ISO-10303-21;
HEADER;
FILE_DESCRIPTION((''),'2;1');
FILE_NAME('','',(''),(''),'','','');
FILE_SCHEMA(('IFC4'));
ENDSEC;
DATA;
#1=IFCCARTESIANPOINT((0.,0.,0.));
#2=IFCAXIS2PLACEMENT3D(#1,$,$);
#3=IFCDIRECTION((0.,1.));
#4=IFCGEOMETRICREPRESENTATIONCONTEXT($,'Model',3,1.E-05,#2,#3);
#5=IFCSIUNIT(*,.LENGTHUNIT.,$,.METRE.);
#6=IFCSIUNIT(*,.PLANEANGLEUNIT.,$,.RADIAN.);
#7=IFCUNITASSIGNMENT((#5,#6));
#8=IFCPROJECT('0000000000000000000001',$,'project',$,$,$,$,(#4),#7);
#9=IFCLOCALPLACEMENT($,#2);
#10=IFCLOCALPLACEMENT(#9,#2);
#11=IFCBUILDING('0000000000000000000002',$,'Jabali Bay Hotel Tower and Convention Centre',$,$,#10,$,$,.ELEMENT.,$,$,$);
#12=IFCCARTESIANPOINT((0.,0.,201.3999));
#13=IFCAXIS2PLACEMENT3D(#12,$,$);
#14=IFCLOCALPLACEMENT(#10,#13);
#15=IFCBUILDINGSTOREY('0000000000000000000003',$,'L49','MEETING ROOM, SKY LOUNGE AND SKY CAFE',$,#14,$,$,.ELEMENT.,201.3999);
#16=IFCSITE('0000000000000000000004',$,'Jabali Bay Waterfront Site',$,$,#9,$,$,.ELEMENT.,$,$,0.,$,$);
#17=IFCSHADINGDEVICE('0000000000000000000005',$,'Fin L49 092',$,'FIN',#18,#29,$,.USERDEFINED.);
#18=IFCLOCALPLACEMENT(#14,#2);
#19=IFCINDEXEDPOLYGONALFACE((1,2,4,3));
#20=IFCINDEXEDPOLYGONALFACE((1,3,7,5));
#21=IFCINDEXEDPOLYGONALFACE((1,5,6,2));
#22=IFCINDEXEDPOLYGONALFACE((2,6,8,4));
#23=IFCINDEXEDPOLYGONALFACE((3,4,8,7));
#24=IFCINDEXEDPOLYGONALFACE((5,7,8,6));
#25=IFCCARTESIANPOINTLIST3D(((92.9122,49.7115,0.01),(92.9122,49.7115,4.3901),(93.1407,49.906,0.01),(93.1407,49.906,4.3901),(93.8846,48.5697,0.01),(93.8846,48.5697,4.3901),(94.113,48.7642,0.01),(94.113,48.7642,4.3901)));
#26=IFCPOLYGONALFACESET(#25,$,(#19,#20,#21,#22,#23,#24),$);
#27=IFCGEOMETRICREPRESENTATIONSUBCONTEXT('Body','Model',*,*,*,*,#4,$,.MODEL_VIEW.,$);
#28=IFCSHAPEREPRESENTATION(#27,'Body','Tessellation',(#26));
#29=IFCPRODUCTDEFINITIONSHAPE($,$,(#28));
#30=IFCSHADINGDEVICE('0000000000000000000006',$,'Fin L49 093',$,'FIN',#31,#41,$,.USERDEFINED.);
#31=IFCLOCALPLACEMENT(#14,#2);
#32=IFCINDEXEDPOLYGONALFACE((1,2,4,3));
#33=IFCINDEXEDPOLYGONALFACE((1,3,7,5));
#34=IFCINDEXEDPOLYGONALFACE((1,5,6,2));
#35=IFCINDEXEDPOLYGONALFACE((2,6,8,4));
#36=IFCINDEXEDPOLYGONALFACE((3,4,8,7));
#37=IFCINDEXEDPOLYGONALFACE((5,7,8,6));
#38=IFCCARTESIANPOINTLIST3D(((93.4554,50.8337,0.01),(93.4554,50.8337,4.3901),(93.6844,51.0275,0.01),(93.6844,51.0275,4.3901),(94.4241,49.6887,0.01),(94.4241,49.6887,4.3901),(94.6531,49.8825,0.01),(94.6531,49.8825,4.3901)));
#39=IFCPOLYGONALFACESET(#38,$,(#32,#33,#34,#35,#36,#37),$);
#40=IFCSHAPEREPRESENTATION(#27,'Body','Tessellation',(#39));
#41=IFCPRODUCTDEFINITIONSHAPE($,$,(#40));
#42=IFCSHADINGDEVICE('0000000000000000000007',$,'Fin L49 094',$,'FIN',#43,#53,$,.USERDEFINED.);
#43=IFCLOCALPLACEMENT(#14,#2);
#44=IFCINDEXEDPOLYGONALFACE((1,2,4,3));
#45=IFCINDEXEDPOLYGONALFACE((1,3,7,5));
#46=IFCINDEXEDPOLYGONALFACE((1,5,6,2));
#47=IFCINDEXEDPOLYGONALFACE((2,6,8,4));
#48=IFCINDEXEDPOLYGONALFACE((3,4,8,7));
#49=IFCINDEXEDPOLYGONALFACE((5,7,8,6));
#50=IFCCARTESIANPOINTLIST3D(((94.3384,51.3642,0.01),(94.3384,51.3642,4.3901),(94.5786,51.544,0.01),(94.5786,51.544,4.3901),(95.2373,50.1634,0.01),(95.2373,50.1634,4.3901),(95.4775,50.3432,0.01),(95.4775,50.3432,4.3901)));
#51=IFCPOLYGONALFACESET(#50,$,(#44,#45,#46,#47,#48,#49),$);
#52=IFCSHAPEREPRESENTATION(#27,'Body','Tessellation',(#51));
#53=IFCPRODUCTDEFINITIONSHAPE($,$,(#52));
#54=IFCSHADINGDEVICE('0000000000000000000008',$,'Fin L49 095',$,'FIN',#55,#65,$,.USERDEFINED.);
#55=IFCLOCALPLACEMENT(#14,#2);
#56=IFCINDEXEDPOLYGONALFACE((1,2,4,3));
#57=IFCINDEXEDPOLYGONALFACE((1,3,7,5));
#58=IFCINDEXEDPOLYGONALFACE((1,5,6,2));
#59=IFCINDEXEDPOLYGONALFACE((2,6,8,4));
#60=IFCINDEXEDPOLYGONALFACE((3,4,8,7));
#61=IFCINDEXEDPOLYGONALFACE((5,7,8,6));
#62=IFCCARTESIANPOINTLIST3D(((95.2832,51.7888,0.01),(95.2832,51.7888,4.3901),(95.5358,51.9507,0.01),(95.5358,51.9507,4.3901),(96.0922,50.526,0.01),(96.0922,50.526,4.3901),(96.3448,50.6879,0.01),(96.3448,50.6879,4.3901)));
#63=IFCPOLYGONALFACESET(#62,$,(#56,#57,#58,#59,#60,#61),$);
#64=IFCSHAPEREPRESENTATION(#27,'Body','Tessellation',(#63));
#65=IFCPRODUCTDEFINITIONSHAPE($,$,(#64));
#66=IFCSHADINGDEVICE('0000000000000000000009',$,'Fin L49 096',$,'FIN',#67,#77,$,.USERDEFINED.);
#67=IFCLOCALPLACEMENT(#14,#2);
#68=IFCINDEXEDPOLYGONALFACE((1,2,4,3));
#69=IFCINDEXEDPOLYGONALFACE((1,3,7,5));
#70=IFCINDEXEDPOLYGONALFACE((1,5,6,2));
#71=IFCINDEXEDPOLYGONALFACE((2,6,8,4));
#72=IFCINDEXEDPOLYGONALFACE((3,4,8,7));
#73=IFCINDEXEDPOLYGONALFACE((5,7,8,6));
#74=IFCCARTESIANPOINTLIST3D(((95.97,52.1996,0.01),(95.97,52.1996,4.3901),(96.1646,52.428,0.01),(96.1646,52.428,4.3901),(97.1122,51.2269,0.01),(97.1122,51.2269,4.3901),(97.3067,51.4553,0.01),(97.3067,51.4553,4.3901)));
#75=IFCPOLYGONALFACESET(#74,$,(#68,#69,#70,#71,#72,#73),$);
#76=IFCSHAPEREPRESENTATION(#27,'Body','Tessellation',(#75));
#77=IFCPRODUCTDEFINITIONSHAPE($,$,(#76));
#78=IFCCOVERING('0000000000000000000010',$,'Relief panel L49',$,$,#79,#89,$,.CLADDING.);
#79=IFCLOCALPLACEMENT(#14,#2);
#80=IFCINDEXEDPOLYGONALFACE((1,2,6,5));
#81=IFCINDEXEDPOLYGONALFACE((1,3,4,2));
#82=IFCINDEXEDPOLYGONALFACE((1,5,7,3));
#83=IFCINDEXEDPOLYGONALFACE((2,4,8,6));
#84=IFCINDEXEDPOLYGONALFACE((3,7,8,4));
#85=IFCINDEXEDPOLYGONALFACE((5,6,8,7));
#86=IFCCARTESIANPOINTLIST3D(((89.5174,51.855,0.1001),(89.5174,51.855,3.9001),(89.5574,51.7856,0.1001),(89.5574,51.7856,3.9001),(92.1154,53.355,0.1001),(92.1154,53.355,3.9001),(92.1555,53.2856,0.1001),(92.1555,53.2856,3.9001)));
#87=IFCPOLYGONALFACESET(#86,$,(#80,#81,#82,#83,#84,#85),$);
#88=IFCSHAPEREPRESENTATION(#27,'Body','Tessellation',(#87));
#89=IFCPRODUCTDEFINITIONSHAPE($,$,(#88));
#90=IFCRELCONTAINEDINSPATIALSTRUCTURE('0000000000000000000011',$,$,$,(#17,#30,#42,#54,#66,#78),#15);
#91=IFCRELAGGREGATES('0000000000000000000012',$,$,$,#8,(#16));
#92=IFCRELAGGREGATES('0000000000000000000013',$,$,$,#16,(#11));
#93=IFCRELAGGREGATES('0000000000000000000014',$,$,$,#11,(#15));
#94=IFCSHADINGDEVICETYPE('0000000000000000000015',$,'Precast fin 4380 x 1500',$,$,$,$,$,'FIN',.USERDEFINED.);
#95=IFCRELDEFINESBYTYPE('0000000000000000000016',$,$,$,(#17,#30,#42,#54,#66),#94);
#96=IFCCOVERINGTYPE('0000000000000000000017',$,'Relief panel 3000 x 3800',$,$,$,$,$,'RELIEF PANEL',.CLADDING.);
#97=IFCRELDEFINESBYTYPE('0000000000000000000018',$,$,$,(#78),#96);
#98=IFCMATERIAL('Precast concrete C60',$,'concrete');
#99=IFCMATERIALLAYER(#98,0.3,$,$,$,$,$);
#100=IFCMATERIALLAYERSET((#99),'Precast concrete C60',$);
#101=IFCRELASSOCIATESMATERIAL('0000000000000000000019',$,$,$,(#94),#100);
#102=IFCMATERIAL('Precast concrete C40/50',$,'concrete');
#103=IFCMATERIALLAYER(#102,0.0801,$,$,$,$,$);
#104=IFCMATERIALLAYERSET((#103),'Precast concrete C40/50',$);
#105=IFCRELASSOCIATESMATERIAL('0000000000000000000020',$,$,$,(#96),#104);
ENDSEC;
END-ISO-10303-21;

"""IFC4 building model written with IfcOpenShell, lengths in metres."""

from ifc_helpers import new_model, si_unit, direction, frame, frame_2d, origin, origin_2d, place, context, subcontext, project, spatial, rectangle, extrude, material, layer, layer_set, type_object, element, save


model = new_model("IFC4")

# Units and contexts
model_context = context("Model", 3, precision=1e-05, world=origin(), true_north=direction((0.0, 1.0)))
body_context = subcontext(model_context, "Body", "Model", "MODEL_VIEW")
ifc_project = project(units=[si_unit("LENGTHUNIT", "METRE"), si_unit("PLANEANGLEUNIT", "RADIAN")], contexts=[model_context])

# Site, building, storey
site_placement = place(None, origin())
site = spatial("IfcSite", under=ifc_project, at=site_placement, Name="Jabali Bay Waterfront Site", CompositionType="ELEMENT", RefElevation=0.0)
building_placement = place(site_placement, origin())
building = spatial("IfcBuilding", under=site, at=building_placement, Name="Jabali Bay Hotel Tower and Convention Centre", CompositionType="ELEMENT")
storey_placement = place(building_placement, frame((0.0, 0.0, 201.3999)))
storey = spatial("IfcBuildingStorey", under=building, at=storey_placement, Name="L49", Description="MEETING ROOM, SKY LOUNGE AND SKY CAFE", CompositionType="ELEMENT", Elevation=201.3999)

# Shading devices
ifc_material_1 = material(Name="Precast concrete C60", Category="concrete")
ifc_layer_1 = layer(ifc_material_1, 0.3)
ifc_layer_set_1 = layer_set([ifc_layer_1], Name="Precast concrete C60")
shading_device_type = type_object("IfcShadingDeviceType", Name="Precast fin 4380 x 1500", ElementType="FIN", PredefinedType="USERDEFINED", material=ifc_layer_set_1)
for number, where, z_axis, x_axis, name in (
    (1, (93.0264, 49.8088, 0.01), (0.0, 0.0, 1.0), (0.648362, -0.761333, 0.0), "Fin L49 092"),
    (2, (93.5698, 50.9307, 0.01), (0.0, 0.0, 1.0), (0.645898, -0.763423, 0.0), "Fin L49 093"),
):
    element("IfcShadingDevice", number, at=place(storey_placement, frame(where, z_axis=z_axis, x_axis=x_axis)), inside=storey, type_object=shading_device_type, Name=name, ObjectType="FIN", PredefinedType="USERDEFINED", context=body_context, shape_type="SweptSolid", body=[
        extrude(rectangle(XDim=1.4998, YDim=0.3, at=frame_2d((0.75, 0.0))), origin(), (0.0, 0.0, 1.0), 4.3801),
    ])
shading_device_1_placement = place(storey_placement, frame((94.4585, 51.4541, 0.01), z_axis=(0.0, 0.0, 1.0), x_axis=(0.599245, -0.800566, 0.0)))
element("IfcShadingDevice", 3, at=shading_device_1_placement, inside=storey, type_object=shading_device_type, Name="Fin L49 094", ObjectType="FIN", PredefinedType="USERDEFINED", context=body_context, shape_type="SweptSolid", body=[
    extrude(rectangle(XDim=1.5, YDim=0.3, at=frame_2d((0.75, 0.0))), origin(), (0.0, 0.0, 1.0), 4.3801),
])
shading_device_2_placement = place(storey_placement, frame((95.4094, 51.8699, 0.01), z_axis=(0.0, 0.0, 1.0), x_axis=(0.539432, -0.842029, 0.0)))
element("IfcShadingDevice", 4, at=shading_device_2_placement, inside=storey, type_object=shading_device_type, Name="Fin L49 095", ObjectType="FIN", PredefinedType="USERDEFINED", context=body_context, shape_type="SweptSolid", body=[
    extrude(rectangle(XDim=1.4998, YDim=0.3, at=frame_2d((0.75, 0.0))), origin(), (0.0, 0.0, 1.0), 4.3801),
])
shading_device_3_placement = place(storey_placement, frame((96.0674, 52.3137, 0.01), z_axis=(0.0, 0.0, 1.0), x_axis=(0.761321, -0.648376, 0.0)))
element("IfcShadingDevice", 5, at=shading_device_3_placement, inside=storey, type_object=shading_device_type, Name="Fin L49 096", ObjectType="FIN", PredefinedType="USERDEFINED", context=body_context, shape_type="SweptSolid", body=[
    extrude(rectangle(XDim=1.5002, YDim=0.3, at=frame_2d((0.75, 0.0))), origin(), (0.0, 0.0, 1.0), 4.3801),
])

# Covering
ifc_material_2 = material(Name="Precast concrete C40/50", Category="concrete")
ifc_layer_2 = layer(ifc_material_2, 0.0801)
ifc_layer_set_2 = layer_set([ifc_layer_2], Name="Precast concrete C40/50")
covering_type = type_object("IfcCoveringType", Name="Relief panel 3000 x 3800", ElementType="RELIEF PANEL", PredefinedType="CLADDING", material=ifc_layer_set_2)
covering_placement = place(storey_placement, frame((90.8364, 52.5703, 0.1001), z_axis=(0.0, 0.0, 1.0), x_axis=(-0.866025, -0.5, 0.0)))
element("IfcCovering", 6, at=covering_placement, inside=storey, type_object=covering_type, Name="Relief panel L49", PredefinedType="CLADDING", context=body_context, shape_type="SweptSolid", body=[
    extrude(rectangle(XDim=3.0, YDim=0.0801, at=origin_2d()), origin(), (0.0, 0.0, 1.0), 3.8),
])

save(model, "model.ifc")
